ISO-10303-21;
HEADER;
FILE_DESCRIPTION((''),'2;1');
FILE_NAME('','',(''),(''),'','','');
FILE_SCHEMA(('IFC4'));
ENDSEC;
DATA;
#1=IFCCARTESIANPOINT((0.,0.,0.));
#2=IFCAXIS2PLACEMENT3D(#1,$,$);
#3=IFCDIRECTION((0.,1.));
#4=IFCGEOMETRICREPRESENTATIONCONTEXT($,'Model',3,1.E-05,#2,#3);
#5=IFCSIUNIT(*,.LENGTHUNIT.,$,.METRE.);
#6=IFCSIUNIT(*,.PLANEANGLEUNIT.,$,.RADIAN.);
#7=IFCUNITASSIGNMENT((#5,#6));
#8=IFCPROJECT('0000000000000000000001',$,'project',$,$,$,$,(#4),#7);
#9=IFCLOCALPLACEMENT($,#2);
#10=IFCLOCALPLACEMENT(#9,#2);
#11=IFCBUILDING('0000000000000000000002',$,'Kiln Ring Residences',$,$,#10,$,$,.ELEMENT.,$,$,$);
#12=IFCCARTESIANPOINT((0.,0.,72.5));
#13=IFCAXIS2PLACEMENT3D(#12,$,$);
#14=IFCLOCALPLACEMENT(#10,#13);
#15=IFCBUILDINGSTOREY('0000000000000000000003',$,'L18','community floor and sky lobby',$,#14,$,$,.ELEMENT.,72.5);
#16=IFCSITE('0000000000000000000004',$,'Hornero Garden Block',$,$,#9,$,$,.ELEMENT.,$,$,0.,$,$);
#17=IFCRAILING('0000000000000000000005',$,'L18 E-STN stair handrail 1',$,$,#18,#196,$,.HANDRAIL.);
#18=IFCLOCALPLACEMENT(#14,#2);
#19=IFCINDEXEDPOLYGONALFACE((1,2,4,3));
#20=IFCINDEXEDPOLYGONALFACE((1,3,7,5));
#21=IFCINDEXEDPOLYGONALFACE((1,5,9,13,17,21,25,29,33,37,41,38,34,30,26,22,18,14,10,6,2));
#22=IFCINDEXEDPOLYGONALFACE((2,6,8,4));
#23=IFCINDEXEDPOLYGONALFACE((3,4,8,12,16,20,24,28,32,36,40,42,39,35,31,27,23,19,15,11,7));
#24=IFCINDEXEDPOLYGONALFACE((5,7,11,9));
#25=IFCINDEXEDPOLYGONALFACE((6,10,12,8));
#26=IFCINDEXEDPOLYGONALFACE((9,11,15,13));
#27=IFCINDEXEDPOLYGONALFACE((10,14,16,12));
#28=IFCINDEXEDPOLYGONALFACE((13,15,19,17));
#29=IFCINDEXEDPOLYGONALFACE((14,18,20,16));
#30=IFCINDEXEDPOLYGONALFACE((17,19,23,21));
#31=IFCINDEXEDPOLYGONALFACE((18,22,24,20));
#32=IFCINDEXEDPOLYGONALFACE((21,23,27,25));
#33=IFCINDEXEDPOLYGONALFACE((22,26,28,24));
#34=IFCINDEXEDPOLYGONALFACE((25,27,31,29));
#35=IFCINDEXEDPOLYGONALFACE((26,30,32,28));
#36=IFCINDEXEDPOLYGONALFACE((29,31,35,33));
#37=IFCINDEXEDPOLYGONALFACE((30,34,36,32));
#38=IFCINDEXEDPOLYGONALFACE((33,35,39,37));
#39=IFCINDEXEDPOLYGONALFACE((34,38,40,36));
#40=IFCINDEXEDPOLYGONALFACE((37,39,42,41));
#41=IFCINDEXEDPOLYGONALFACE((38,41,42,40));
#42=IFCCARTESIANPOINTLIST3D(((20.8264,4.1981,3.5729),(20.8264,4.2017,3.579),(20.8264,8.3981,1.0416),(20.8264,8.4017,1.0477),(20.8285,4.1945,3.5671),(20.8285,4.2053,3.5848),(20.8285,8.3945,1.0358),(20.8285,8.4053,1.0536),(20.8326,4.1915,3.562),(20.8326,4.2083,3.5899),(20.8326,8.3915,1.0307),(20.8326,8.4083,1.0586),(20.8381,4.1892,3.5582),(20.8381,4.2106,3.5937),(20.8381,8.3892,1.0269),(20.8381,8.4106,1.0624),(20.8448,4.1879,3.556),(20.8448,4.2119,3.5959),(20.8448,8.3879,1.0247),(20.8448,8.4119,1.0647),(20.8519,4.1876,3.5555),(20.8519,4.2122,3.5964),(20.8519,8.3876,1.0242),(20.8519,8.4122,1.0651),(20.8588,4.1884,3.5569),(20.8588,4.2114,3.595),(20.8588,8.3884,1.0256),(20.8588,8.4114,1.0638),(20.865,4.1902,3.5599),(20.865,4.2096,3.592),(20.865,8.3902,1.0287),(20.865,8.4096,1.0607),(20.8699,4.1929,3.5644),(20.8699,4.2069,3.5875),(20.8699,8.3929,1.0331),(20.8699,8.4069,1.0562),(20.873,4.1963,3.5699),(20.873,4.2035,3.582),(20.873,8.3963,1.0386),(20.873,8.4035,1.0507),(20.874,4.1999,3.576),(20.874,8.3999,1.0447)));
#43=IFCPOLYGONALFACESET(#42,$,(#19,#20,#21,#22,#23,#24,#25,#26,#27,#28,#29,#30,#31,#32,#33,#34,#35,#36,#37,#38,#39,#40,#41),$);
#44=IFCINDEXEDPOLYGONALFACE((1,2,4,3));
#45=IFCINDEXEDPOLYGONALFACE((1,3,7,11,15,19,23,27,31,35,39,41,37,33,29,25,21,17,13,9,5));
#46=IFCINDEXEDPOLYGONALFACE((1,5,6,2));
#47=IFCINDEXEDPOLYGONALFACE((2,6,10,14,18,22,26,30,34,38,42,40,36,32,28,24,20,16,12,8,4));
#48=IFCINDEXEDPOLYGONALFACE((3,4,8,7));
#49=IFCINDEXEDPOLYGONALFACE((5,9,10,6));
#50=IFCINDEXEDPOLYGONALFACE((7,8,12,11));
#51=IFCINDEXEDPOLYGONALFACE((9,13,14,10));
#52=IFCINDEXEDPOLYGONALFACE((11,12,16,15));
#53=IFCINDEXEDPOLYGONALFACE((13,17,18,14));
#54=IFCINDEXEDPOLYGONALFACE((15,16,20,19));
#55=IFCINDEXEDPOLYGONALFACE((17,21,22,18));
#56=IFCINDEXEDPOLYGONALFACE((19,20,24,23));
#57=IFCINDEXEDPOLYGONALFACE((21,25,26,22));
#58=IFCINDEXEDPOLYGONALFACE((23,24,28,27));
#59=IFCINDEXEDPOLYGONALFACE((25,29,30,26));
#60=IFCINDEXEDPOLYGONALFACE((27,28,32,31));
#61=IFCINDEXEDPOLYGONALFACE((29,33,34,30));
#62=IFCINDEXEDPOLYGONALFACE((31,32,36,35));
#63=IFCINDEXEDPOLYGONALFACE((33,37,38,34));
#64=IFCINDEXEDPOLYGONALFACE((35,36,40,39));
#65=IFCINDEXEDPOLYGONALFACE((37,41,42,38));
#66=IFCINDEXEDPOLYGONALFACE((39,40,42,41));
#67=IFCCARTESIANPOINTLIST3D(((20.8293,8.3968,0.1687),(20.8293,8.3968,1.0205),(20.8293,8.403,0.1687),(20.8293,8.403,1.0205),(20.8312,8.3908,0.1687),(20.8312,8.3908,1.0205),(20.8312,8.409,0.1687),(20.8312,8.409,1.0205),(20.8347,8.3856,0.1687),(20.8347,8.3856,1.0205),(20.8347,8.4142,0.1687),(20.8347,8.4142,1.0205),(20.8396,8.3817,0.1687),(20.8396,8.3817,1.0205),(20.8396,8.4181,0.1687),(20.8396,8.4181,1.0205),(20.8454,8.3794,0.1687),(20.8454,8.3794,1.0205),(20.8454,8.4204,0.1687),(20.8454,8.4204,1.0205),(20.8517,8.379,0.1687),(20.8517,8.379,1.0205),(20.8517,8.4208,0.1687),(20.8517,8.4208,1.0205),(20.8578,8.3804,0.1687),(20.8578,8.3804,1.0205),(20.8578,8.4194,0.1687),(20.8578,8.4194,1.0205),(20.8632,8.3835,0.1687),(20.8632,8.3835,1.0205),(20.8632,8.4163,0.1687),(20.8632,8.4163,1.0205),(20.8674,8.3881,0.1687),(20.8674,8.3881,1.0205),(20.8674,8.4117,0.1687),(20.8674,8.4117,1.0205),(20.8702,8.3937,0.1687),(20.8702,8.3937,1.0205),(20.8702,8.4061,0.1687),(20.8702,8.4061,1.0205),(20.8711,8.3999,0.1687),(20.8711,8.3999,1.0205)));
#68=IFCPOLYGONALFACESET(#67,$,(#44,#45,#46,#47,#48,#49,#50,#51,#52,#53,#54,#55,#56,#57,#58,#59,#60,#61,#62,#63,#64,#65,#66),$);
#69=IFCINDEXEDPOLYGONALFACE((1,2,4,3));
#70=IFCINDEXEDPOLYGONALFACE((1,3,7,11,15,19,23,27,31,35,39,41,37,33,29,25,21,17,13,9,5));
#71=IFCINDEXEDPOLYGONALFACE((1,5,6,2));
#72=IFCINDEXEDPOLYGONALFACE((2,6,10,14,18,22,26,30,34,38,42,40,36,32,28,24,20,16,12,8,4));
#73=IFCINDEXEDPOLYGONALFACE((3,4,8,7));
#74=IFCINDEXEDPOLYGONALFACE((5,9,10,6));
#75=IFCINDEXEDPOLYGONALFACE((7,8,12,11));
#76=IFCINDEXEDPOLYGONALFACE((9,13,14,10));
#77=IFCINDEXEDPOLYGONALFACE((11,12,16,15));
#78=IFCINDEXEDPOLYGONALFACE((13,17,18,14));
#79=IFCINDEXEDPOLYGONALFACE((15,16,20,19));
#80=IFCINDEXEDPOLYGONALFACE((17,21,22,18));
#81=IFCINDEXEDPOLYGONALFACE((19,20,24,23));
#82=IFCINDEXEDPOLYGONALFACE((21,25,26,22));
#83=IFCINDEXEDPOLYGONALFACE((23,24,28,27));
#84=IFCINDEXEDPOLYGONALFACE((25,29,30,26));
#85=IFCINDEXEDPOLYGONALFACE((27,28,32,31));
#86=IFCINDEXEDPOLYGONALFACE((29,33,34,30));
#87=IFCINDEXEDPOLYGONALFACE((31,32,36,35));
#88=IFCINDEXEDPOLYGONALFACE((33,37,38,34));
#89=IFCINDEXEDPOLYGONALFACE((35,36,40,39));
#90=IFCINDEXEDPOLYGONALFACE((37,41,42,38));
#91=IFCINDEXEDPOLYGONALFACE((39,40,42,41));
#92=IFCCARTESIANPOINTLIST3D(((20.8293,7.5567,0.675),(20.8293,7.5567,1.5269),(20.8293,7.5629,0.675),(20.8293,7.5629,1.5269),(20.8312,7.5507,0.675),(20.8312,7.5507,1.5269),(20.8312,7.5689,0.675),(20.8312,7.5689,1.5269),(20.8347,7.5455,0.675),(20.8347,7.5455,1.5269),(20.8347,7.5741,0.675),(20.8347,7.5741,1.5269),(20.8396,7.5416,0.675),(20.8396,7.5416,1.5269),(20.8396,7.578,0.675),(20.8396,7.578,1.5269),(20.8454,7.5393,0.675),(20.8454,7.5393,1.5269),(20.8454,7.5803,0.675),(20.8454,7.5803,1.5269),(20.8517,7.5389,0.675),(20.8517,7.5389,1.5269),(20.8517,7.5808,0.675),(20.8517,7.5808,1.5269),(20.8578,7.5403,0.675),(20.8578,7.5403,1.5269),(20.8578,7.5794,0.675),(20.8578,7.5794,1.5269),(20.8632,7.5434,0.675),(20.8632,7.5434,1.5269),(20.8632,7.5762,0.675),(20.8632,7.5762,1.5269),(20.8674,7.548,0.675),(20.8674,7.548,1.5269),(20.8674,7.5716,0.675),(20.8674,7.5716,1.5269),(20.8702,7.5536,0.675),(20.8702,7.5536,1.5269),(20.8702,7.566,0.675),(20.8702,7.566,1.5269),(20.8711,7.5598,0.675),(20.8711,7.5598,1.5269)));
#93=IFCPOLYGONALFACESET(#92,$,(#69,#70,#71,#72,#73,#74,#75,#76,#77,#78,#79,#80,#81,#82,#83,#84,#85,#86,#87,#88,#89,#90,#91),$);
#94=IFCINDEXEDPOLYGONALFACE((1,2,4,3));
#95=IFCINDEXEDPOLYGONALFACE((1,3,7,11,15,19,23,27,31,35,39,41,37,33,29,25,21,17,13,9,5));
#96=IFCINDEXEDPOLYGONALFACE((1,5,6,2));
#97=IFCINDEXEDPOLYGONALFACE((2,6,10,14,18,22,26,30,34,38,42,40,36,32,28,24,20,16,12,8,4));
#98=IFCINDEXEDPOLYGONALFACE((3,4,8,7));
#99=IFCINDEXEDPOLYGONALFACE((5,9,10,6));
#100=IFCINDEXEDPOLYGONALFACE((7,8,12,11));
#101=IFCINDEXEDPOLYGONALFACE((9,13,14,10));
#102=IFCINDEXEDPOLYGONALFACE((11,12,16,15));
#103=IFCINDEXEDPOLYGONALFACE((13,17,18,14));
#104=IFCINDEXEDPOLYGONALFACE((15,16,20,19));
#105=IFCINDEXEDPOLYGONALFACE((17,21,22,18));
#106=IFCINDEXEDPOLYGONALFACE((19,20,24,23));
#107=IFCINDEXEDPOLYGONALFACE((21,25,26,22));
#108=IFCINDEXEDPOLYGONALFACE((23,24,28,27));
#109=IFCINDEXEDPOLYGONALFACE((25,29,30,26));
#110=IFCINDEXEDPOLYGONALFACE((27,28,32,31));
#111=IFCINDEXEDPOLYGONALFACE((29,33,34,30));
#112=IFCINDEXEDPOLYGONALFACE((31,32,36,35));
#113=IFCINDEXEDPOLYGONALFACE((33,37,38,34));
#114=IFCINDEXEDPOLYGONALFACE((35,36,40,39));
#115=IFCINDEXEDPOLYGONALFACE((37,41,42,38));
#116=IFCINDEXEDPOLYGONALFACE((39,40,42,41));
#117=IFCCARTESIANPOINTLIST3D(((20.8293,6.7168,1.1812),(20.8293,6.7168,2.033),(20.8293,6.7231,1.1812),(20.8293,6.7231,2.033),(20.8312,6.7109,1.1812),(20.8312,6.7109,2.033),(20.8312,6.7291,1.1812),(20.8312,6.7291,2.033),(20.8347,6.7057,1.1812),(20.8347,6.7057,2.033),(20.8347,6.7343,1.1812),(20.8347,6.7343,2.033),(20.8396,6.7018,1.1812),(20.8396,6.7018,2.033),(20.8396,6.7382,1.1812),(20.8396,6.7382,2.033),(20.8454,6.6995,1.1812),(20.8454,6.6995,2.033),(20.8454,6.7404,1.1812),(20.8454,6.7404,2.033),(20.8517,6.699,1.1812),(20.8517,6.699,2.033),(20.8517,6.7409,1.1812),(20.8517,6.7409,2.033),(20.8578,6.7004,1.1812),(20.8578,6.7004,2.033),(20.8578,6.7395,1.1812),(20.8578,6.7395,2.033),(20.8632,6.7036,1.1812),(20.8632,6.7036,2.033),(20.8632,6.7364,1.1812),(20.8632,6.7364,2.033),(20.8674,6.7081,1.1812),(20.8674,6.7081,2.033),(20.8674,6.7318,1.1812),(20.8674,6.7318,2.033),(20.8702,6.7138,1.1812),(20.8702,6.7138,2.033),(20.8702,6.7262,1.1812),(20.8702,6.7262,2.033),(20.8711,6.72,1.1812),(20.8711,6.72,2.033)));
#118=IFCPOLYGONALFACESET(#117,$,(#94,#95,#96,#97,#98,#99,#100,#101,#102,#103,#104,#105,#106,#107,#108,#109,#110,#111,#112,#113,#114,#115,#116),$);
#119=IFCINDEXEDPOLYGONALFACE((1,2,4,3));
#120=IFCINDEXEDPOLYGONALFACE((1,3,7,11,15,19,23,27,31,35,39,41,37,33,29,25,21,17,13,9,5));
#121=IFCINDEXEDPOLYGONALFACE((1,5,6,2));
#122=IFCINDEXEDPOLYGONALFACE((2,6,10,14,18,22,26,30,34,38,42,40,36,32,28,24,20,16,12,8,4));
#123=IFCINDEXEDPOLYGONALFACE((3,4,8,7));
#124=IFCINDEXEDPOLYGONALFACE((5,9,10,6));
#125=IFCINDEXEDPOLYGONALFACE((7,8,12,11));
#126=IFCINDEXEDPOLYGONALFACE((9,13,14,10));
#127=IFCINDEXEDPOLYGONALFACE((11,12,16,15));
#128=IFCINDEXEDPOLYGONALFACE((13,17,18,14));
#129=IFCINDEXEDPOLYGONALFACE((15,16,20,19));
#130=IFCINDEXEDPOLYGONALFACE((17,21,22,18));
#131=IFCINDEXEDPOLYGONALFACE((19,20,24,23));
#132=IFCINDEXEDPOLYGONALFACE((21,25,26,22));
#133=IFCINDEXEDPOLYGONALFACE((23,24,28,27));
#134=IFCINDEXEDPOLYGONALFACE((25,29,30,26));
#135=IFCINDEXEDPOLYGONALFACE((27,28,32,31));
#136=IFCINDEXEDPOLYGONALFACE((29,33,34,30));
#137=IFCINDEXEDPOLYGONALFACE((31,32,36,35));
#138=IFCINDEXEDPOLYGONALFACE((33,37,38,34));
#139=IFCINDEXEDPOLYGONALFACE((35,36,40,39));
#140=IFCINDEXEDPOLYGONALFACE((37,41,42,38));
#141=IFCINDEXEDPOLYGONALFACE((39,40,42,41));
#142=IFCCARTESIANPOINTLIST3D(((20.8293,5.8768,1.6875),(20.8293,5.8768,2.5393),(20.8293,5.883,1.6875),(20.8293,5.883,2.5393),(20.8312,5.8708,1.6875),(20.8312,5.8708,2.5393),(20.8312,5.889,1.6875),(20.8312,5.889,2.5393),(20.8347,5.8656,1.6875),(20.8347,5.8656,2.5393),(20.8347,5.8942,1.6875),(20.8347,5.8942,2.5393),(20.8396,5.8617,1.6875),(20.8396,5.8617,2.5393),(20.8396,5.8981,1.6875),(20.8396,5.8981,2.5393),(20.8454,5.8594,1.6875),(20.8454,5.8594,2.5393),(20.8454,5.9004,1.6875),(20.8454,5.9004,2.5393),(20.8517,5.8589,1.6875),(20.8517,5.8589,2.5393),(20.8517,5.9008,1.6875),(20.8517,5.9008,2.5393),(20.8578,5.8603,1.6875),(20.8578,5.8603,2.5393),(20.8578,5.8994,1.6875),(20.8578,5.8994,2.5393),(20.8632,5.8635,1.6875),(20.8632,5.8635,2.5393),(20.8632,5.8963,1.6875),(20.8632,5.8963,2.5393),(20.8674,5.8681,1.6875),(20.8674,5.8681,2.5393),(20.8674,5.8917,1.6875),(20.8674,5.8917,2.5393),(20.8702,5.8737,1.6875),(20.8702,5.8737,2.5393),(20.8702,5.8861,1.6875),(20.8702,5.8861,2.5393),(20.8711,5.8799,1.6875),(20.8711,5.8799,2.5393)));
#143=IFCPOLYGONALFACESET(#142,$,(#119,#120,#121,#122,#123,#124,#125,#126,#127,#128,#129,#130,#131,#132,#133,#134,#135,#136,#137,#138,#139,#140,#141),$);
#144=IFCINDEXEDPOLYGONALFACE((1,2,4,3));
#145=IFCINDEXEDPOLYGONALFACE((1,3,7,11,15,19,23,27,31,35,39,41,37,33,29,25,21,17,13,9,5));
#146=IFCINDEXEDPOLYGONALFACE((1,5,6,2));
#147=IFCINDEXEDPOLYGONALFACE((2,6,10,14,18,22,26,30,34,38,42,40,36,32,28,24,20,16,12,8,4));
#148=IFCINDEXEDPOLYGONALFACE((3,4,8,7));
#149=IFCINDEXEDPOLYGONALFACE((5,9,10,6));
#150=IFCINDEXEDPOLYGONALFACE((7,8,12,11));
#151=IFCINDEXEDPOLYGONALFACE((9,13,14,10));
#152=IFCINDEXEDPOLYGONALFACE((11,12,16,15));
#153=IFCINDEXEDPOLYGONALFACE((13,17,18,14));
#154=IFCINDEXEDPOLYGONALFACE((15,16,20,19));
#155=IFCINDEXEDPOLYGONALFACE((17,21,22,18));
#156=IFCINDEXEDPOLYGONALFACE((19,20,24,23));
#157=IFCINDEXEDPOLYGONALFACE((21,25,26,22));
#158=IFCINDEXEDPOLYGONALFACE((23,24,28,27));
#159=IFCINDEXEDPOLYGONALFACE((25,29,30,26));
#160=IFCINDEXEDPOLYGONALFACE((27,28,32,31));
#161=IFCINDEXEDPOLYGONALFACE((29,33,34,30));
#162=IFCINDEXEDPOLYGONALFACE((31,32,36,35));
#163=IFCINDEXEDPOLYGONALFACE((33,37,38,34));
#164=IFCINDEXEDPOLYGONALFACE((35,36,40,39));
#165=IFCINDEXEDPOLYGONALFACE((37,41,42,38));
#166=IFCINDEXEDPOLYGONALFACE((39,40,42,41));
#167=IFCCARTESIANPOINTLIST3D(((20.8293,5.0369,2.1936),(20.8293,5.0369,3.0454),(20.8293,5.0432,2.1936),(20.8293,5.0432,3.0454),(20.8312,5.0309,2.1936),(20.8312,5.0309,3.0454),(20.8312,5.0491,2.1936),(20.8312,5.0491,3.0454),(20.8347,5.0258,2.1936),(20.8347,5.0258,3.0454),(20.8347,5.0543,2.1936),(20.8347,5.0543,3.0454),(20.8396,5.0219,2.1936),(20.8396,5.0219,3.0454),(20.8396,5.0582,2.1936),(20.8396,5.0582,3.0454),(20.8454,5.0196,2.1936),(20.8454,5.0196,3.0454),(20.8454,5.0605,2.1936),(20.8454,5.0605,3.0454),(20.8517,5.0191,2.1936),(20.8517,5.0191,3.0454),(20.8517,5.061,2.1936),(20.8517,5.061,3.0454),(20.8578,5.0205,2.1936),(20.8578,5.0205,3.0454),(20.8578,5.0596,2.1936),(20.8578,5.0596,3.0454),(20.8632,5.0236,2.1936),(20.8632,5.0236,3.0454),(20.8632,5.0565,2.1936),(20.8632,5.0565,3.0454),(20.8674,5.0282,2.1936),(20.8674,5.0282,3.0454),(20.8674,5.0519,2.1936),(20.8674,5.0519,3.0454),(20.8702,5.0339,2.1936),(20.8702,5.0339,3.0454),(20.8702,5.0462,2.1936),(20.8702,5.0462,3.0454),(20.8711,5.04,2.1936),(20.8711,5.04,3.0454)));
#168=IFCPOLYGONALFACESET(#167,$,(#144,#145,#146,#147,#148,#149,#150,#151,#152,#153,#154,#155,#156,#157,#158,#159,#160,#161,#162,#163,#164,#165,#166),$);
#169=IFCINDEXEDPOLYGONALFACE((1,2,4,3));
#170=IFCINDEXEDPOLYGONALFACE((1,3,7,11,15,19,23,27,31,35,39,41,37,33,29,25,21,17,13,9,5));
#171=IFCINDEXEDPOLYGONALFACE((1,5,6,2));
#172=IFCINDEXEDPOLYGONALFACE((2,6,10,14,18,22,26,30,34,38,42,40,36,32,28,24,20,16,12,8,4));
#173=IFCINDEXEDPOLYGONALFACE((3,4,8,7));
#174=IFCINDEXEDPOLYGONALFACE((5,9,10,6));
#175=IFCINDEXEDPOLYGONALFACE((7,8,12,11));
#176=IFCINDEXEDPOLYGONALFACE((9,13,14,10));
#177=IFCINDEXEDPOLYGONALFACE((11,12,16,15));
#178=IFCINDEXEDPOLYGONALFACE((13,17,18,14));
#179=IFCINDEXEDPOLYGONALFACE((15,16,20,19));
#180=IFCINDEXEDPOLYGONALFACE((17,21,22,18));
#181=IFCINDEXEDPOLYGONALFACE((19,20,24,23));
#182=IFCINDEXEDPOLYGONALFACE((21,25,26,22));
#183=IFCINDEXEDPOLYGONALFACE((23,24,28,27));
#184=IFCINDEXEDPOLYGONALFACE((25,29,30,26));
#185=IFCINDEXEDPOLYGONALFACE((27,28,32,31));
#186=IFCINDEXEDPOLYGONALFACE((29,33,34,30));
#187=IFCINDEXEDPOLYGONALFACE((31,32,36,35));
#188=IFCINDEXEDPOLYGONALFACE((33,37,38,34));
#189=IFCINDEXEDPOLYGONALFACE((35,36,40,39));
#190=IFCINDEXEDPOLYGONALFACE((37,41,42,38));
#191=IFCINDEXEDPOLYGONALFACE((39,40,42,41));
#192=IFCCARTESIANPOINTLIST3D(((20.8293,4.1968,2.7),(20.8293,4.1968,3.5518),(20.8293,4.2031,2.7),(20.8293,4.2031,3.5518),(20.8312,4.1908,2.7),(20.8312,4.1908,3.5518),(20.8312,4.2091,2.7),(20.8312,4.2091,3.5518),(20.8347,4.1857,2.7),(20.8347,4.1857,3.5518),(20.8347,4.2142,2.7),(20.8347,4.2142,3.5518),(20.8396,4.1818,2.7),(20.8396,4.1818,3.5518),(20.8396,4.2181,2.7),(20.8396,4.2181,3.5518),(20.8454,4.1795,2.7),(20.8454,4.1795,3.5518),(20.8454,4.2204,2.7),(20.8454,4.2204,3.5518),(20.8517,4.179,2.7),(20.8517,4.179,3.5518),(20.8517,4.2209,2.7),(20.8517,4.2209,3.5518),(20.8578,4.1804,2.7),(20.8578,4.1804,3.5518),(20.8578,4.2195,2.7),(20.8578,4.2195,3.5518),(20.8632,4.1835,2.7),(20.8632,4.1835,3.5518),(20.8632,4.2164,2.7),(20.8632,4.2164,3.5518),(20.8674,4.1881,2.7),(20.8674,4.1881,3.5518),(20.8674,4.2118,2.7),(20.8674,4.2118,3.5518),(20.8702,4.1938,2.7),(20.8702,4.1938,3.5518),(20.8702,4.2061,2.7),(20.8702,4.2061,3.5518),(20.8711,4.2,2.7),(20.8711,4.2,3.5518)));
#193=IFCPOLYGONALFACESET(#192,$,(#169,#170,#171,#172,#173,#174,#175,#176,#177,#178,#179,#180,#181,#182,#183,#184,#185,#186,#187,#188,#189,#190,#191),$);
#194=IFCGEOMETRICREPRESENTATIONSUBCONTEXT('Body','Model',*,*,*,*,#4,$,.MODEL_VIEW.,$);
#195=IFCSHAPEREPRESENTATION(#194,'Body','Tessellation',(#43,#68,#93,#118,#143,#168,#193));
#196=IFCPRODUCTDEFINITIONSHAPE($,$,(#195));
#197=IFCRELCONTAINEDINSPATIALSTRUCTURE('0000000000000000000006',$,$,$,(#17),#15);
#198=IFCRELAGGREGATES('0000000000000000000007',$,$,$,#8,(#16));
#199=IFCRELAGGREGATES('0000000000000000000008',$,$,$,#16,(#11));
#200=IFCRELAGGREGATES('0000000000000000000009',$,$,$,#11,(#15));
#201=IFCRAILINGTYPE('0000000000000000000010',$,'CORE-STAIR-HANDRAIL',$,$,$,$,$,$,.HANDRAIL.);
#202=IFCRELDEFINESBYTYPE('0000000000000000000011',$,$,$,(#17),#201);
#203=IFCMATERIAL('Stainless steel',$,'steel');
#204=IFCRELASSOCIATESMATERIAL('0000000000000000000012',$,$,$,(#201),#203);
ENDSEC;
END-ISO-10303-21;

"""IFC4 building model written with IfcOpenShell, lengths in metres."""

from ifc_helpers import new_model, si_unit, direction, frame, origin, origin_2d, place, context, subcontext, project, spatial, circle, extrude, material, type_object, element, save


model = new_model("IFC4")

# Units and contexts
model_context = context("Model", 3, precision=1e-05, world=origin(), true_north=direction((0.0, 1.0)))
body_context = subcontext(model_context, "Body", "Model", "MODEL_VIEW")
ifc_project = project(units=[si_unit("LENGTHUNIT", "METRE"), si_unit("PLANEANGLEUNIT", "RADIAN")], contexts=[model_context])

# Site, building, storey
site_placement = place(None, origin())
site = spatial("IfcSite", under=ifc_project, at=site_placement, Name="Hornero Garden Block", CompositionType="ELEMENT", RefElevation=0.0)
building_placement = place(site_placement, origin())
building = spatial("IfcBuilding", under=site, at=building_placement, Name="Kiln Ring Residences", CompositionType="ELEMENT")
storey_placement = place(building_placement, frame((0.0, 0.0, 72.5)))
storey = spatial("IfcBuildingStorey", under=building, at=storey_placement, Name="L18", Description="community floor and sky lobby", CompositionType="ELEMENT", Elevation=72.5)

# Railing
ifc_material_1 = material(Name="Stainless steel", Category="steel")
railing_type_1 = type_object("IfcRailingType", Name="CORE-STAIR-HANDRAIL", PredefinedType="HANDRAIL", material=ifc_material_1)
railing_1_placement = place(storey_placement, frame((20.8501, 8.3999, 0.1687)))
element("IfcRailing", 1, at=railing_1_placement, inside=storey, type_object=railing_type_1, Name="L18 E-STN stair handrail 1", PredefinedType="HANDRAIL", context=body_context, shape_type="SweptSolid", body=[
    extrude(circle(Radius=0.0239, at=origin_2d()), frame((0.0, 0.0, 0.876), z_axis=(0.0, -0.856476, 0.516186), x_axis=(1.0, 0.0, 0.0)), (0.0, 0.0, 1.0), 4.9038),
    extrude(circle(Radius=0.021, at=origin_2d()), origin(), (0.0, 0.0, 1.0), 0.8518),
    extrude(circle(Radius=0.021, at=origin_2d()), frame((0.0, -0.8401, 0.5063)), (0.0, 0.0, 1.0), 0.8518),
    extrude(circle(Radius=0.021, at=origin_2d()), frame((0.0, -1.6799, 1.0125)), (0.0, 0.0, 1.0), 0.8518),
    extrude(circle(Radius=0.021, at=origin_2d()), frame((0.0, -2.52, 1.5188)), (0.0, 0.0, 1.0), 0.8518),
    extrude(circle(Radius=0.021, at=origin_2d()), frame((0.0, -3.3599, 2.0249)), (0.0, 0.0, 1.0), 0.8518),
    extrude(circle(Radius=0.021, at=origin_2d()), frame((0.0, -4.2, 2.5312)), (0.0, 0.0, 1.0), 0.8518),
])

save(model, "model.ifc")
